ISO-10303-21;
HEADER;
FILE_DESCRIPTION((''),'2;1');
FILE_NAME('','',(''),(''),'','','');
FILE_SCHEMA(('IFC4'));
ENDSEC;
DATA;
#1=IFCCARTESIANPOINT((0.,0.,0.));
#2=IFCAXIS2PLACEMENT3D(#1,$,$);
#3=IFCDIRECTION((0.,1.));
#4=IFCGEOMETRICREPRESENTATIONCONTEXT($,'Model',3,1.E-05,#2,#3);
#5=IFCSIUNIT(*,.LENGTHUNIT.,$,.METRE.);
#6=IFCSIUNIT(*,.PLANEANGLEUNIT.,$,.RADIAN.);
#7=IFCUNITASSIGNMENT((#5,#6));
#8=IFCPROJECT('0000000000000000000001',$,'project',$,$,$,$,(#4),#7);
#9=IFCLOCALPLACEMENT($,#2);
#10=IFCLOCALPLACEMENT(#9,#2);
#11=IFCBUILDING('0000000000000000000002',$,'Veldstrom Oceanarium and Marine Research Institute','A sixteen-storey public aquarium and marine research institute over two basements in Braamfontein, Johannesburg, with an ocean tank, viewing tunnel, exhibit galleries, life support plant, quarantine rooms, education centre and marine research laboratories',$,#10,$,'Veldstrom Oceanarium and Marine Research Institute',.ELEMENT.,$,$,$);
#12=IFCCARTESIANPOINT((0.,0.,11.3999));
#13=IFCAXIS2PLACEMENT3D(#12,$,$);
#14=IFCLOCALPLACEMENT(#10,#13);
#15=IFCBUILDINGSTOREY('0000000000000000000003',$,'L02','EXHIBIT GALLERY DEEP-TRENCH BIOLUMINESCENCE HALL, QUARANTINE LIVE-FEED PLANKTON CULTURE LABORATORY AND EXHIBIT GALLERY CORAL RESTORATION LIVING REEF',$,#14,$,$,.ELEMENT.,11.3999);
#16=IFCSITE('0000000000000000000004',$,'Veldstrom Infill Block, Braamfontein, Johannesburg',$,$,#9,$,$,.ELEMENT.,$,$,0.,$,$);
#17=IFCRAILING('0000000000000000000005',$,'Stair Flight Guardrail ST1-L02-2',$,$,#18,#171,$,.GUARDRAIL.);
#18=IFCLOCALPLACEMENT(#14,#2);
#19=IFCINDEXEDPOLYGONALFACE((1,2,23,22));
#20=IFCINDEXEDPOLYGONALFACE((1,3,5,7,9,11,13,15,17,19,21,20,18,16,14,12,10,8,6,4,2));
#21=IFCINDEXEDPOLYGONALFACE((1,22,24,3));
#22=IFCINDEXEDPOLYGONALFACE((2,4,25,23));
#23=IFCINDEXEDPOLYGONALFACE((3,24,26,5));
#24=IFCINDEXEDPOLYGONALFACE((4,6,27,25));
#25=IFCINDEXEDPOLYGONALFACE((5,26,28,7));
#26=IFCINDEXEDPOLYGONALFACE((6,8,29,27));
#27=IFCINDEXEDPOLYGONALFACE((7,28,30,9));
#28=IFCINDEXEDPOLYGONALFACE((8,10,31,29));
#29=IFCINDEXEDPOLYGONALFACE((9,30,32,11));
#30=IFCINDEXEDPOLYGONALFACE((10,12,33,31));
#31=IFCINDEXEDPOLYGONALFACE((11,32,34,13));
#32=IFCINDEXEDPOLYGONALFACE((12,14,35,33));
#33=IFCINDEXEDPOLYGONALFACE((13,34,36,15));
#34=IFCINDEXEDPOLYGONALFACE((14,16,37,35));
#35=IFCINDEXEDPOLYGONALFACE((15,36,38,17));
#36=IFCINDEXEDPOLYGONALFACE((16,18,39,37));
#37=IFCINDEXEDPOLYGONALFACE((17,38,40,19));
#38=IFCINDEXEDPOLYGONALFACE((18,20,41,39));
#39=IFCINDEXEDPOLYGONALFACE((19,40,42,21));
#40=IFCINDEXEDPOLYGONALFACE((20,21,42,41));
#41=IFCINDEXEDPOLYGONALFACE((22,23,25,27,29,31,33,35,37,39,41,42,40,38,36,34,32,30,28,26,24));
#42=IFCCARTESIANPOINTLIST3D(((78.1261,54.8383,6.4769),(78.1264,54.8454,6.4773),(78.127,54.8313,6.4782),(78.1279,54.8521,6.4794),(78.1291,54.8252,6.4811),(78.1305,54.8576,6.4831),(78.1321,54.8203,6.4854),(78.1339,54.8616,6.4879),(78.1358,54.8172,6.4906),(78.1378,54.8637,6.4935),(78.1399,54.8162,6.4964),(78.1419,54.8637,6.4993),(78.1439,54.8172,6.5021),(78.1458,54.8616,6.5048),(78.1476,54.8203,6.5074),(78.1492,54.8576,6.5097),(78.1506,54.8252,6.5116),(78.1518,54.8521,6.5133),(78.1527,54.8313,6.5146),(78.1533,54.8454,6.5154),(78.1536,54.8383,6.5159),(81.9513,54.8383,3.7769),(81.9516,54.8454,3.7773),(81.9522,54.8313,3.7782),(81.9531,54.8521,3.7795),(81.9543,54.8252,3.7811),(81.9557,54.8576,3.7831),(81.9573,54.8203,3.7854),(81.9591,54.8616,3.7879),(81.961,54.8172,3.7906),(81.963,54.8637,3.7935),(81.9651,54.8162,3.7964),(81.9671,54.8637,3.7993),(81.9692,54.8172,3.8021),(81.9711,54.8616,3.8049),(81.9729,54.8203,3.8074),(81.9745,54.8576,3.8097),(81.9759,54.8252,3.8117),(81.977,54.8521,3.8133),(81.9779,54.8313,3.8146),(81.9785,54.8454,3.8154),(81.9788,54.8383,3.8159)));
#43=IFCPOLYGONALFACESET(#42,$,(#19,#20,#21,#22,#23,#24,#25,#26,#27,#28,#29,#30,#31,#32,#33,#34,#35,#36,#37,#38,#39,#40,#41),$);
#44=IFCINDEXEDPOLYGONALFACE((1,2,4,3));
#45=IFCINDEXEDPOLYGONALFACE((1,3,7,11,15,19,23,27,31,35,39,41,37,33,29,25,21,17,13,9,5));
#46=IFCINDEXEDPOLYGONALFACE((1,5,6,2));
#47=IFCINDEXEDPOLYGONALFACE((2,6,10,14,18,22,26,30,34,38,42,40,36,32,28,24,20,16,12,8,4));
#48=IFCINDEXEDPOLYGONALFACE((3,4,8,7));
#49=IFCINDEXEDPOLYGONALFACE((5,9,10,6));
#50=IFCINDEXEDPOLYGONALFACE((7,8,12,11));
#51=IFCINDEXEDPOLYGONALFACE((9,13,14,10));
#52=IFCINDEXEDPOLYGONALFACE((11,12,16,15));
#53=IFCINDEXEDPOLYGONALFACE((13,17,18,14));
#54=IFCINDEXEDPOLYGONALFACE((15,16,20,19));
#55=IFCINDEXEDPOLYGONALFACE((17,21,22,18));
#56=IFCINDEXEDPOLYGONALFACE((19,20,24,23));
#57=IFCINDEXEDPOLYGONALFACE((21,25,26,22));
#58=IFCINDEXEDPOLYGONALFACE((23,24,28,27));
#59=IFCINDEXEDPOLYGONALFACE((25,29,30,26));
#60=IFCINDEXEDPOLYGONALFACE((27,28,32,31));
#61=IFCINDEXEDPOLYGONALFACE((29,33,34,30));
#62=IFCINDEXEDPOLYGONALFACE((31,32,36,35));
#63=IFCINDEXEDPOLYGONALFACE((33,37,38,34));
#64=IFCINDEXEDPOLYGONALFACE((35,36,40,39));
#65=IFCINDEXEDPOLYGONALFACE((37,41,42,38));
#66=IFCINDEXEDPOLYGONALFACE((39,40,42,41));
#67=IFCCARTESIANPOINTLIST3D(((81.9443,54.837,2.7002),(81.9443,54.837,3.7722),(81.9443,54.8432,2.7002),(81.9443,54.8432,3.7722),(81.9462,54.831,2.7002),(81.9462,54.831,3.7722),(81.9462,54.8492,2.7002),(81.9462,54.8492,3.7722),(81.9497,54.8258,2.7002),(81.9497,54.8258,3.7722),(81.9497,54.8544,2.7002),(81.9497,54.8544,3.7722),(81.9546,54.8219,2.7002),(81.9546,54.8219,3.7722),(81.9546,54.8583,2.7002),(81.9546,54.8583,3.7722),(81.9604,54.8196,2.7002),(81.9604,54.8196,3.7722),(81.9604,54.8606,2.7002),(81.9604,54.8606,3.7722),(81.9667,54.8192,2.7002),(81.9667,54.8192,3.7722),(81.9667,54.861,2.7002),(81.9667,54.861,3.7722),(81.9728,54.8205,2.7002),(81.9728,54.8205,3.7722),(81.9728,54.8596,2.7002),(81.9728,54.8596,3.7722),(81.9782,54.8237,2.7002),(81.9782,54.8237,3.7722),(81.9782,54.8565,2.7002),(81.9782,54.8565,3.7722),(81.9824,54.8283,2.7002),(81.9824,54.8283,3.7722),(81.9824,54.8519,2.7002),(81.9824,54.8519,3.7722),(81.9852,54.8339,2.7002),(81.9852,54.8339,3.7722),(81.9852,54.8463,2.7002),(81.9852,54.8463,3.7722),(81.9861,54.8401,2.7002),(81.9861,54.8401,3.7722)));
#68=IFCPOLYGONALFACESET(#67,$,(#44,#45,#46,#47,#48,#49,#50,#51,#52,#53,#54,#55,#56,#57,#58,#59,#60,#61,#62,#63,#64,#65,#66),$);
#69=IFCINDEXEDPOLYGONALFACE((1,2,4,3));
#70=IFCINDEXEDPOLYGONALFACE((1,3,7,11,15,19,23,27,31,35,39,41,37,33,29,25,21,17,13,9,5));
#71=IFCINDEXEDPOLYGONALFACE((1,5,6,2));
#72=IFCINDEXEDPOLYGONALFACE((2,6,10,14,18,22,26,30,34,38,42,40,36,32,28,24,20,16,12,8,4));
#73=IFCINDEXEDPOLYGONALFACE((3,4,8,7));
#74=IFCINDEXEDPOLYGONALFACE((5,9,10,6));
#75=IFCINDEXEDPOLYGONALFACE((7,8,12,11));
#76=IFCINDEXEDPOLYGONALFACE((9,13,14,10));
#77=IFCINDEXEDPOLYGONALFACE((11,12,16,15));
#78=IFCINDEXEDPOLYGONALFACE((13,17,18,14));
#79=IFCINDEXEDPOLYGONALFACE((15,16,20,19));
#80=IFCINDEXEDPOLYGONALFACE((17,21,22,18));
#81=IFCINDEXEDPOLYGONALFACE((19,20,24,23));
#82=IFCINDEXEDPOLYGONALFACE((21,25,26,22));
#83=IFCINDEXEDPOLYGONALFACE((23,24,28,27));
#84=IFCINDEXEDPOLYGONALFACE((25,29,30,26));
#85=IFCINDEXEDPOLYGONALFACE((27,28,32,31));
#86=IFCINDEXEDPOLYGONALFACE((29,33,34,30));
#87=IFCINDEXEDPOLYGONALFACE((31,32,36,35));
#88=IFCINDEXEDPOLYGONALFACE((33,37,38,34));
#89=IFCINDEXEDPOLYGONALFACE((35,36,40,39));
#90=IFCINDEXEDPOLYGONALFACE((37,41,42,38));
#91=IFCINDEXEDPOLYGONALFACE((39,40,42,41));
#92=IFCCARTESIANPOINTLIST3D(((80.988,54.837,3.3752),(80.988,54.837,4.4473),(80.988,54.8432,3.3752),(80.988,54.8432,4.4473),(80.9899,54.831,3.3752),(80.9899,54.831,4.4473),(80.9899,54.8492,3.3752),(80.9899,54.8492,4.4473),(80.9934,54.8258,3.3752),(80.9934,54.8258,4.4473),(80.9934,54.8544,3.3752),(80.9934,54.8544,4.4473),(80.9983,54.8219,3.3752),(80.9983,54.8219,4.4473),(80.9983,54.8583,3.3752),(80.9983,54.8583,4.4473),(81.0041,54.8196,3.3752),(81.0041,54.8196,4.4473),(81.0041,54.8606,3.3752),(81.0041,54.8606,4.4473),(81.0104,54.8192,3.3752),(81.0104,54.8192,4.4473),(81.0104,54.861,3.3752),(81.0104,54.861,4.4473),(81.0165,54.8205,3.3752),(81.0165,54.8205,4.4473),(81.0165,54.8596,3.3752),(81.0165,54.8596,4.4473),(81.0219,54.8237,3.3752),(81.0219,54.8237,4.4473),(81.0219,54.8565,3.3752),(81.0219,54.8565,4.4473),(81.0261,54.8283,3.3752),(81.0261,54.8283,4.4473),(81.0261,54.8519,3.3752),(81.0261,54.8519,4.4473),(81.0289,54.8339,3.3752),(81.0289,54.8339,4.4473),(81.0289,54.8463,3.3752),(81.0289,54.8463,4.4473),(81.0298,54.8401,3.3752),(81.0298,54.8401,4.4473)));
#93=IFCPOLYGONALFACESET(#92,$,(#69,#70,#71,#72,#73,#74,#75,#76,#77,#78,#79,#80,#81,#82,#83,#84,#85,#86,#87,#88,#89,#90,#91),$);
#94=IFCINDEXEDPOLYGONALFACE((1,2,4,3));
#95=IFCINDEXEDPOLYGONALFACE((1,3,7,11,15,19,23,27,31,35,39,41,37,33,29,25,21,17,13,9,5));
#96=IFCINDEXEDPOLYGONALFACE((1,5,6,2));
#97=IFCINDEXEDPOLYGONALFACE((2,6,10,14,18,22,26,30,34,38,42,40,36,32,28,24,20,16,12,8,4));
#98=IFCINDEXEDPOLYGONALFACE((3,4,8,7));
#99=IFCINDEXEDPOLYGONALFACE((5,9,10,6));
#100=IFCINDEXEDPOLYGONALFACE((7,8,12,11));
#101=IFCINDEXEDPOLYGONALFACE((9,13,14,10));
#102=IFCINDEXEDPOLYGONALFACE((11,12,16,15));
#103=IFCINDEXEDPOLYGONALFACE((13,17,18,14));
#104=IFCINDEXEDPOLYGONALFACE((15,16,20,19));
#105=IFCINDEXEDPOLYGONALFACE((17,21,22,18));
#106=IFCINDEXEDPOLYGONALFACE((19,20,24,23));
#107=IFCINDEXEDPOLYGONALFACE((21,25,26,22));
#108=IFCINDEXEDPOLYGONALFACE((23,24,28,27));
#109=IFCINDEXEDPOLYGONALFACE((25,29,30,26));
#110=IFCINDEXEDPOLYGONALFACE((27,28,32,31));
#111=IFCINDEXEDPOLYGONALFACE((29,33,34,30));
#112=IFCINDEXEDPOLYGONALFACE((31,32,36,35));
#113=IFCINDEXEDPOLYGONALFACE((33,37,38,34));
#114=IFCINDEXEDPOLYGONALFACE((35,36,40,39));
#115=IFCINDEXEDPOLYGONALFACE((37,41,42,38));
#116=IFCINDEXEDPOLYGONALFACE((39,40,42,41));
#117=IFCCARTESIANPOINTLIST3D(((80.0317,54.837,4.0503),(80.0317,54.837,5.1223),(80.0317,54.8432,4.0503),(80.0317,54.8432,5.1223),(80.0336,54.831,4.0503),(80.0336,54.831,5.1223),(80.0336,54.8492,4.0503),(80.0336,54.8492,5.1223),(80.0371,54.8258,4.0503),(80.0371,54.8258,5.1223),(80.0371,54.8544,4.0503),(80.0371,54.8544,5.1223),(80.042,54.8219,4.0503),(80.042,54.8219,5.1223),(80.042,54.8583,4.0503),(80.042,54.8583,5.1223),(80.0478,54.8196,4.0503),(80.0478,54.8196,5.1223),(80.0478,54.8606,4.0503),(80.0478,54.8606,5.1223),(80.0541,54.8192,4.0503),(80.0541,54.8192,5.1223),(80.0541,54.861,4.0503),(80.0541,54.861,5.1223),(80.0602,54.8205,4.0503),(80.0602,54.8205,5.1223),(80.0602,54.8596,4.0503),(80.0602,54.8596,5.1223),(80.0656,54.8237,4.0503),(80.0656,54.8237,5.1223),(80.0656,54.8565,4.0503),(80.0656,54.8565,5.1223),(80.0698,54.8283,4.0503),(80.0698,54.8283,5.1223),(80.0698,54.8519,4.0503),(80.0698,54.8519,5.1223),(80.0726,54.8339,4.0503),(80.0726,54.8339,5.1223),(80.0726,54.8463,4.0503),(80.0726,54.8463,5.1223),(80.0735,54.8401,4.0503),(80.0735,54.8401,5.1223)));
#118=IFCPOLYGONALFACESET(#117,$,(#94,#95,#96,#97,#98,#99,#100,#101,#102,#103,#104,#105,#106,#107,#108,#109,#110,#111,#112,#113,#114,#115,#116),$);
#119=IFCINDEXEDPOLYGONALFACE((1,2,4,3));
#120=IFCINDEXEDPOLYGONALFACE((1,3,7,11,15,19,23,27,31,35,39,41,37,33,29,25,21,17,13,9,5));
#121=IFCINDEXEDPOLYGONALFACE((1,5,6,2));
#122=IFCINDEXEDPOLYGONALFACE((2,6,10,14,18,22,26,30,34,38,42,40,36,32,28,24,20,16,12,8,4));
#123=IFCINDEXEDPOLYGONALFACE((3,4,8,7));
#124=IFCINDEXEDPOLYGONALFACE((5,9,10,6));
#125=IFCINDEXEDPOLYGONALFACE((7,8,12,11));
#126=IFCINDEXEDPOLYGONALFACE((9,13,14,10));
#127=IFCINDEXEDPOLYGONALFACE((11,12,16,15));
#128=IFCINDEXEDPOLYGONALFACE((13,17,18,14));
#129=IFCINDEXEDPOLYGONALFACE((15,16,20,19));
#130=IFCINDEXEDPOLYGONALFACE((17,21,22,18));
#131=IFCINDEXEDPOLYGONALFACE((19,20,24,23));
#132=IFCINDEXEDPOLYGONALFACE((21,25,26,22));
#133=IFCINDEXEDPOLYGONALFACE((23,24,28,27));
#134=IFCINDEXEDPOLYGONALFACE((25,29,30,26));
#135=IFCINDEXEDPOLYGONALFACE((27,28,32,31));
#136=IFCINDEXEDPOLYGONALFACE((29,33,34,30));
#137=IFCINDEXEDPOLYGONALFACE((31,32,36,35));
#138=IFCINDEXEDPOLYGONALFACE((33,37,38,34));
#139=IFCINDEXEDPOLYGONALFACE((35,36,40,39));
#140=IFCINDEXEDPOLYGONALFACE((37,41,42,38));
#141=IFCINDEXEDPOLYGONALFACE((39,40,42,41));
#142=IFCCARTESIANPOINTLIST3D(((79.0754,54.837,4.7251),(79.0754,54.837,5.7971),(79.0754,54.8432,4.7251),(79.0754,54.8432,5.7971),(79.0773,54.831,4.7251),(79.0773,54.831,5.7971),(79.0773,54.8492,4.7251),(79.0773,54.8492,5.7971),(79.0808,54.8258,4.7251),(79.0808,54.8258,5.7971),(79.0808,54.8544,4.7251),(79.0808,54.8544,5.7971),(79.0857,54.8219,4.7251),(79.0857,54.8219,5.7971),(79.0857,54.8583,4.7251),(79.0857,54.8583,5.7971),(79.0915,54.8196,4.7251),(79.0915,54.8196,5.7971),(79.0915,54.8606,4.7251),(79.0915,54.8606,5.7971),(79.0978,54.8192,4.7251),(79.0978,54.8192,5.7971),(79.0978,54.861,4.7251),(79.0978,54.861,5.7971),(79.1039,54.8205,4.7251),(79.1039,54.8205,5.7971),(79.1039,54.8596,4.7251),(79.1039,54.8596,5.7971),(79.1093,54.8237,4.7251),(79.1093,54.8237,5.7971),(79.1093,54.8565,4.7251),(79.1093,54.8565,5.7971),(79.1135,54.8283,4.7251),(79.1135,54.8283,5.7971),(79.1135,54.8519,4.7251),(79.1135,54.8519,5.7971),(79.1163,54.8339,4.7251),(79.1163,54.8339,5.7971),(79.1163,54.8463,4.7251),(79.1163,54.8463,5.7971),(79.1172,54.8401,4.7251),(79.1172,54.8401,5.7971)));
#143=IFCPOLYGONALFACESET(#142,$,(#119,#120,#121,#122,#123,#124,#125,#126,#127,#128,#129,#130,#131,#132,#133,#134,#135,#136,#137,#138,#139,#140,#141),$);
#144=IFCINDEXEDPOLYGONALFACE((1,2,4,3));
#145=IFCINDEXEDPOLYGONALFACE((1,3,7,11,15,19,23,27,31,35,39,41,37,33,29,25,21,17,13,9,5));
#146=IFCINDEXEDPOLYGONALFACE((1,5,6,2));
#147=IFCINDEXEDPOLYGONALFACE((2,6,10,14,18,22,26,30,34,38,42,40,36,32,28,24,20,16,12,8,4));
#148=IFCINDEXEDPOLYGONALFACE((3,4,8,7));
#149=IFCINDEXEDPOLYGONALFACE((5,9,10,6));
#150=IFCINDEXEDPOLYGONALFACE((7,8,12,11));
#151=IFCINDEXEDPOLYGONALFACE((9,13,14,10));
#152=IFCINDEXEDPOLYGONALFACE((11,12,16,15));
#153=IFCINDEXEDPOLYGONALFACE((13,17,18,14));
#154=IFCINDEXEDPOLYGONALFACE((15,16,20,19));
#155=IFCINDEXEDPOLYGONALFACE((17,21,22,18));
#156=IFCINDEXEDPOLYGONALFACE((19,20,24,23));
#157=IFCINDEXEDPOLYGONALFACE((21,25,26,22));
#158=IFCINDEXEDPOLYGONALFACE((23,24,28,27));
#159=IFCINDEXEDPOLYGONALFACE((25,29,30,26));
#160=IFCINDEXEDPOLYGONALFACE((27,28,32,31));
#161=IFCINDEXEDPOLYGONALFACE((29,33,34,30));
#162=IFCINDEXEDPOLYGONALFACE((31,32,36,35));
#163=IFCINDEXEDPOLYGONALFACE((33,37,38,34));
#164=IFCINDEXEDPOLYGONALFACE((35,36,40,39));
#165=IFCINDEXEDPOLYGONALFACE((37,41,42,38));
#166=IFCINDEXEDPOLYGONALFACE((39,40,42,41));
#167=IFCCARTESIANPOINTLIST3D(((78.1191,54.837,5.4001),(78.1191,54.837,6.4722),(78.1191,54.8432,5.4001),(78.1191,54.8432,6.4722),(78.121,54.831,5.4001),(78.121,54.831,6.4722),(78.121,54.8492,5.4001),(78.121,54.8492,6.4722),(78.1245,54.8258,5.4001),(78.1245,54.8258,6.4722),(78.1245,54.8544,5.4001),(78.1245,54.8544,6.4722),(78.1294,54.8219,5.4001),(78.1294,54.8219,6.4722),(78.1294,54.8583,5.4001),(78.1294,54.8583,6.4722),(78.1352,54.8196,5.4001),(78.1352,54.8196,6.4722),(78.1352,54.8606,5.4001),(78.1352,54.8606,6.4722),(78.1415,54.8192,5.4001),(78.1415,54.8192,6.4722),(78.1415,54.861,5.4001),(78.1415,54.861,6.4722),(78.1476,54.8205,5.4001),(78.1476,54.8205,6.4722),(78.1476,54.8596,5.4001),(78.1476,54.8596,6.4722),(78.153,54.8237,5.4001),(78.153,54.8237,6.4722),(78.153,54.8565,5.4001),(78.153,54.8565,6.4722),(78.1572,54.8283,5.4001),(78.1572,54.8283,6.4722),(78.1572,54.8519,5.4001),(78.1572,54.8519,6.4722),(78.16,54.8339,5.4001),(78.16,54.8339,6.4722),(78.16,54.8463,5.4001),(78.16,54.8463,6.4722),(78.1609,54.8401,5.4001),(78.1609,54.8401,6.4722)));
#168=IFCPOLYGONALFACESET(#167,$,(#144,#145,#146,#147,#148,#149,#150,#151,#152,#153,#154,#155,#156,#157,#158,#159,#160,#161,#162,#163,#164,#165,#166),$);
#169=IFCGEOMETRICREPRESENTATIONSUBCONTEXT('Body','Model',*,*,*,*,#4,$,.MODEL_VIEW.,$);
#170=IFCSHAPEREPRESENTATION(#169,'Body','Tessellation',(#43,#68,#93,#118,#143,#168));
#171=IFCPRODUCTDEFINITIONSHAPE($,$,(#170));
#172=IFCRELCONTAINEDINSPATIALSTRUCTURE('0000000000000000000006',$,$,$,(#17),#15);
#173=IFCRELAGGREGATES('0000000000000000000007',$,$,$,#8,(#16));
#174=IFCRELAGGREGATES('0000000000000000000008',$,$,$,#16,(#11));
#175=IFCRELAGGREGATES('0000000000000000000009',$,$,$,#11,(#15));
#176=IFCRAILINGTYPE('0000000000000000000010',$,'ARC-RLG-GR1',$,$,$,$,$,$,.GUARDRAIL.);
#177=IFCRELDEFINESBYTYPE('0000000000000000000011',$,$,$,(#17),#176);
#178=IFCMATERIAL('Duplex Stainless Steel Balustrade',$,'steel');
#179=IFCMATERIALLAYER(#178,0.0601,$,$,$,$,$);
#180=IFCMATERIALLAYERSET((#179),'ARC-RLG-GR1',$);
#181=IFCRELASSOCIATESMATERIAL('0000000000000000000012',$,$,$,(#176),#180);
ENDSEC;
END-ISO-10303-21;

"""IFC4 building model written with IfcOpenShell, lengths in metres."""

from ifc_helpers import new_model, si_unit, direction, frame, origin, origin_2d, place, context, subcontext, project, spatial, circle, extrude, material, layer, layer_set, type_object, element, save


model = new_model("IFC4")

# Units and contexts
model_context = context("Model", 3, precision=1e-05, world=origin(), true_north=direction((0.0, 1.0)))
body_context = subcontext(model_context, "Body", "Model", "MODEL_VIEW")
ifc_project = project(units=[si_unit("LENGTHUNIT", "METRE"), si_unit("PLANEANGLEUNIT", "RADIAN")], contexts=[model_context])

# Site, building, storey
site_placement = place(None, origin())
site = spatial("IfcSite", under=ifc_project, at=site_placement, Name="Veldstrom Infill Block, Braamfontein, Johannesburg", CompositionType="ELEMENT", RefElevation=0.0)
building_placement = place(site_placement, origin())
building = spatial("IfcBuilding", under=site, at=building_placement, Name="Veldstrom Oceanarium and Marine Research Institute", Description="A sixteen-storey public aquarium and marine research institute over two basements in Braamfontein, Johannesburg, with an ocean tank, viewing tunnel, exhibit galleries, life support plant, quarantine rooms, education centre and marine research laboratories", LongName="Veldstrom Oceanarium and Marine Research Institute", CompositionType="ELEMENT")
storey_placement = place(building_placement, frame((0.0, 0.0, 11.3999)))
storey = spatial("IfcBuildingStorey", under=building, at=storey_placement, Name="L02", Description="EXHIBIT GALLERY DEEP-TRENCH BIOLUMINESCENCE HALL, QUARANTINE LIVE-FEED PLANKTON CULTURE LABORATORY AND EXHIBIT GALLERY CORAL RESTORATION LIVING REEF", CompositionType="ELEMENT", Elevation=11.3999)

# Railing
ifc_material_1 = material(Name="Duplex Stainless Steel Balustrade", Category="steel")
ifc_layer_1 = layer(ifc_material_1, 0.0601)
ifc_layer_set_1 = layer_set([ifc_layer_1], Name="ARC-RLG-GR1")
railing_type_1 = type_object("IfcRailingType", Name="ARC-RLG-GR1", PredefinedType="GUARDRAIL", material=ifc_layer_set_1)
railing_1_placement = place(storey_placement, frame((81.9651, 54.8401, 2.7002)))
element("IfcRailing", 1, at=railing_1_placement, inside=storey, type_object=railing_type_1, Name="Stair Flight Guardrail ST1-L02-2", PredefinedType="GUARDRAIL", context=body_context, shape_type="SweptSolid", body=[
    extrude(circle(Radius=0.0239, at=origin_2d()), frame((0.0, 0.0, 1.0962), z_axis=(-0.816987, 0.0, 0.576657), x_axis=(0.0, -1.0, 0.0)), (0.0, 0.0, 1.0), 4.6821),
    extrude(circle(Radius=0.021, at=origin_2d()), origin(), (0.0, 0.0, 1.0), 1.072),
    extrude(circle(Radius=0.021, at=origin_2d()), frame((-0.9563, 0.0, 0.675)), (0.0, 0.0, 1.0), 1.072),
    extrude(circle(Radius=0.021, at=origin_2d()), frame((-1.9126, 0.0, 1.3501)), (0.0, 0.0, 1.0), 1.072),
    extrude(circle(Radius=0.021, at=origin_2d()), frame((-2.8689, 0.0, 2.0249)), (0.0, 0.0, 1.0), 1.072),
    extrude(circle(Radius=0.021, at=origin_2d()), frame((-3.8252, 0.0, 2.7)), (0.0, 0.0, 1.0), 1.072),
])

save(model, "model.ifc")
